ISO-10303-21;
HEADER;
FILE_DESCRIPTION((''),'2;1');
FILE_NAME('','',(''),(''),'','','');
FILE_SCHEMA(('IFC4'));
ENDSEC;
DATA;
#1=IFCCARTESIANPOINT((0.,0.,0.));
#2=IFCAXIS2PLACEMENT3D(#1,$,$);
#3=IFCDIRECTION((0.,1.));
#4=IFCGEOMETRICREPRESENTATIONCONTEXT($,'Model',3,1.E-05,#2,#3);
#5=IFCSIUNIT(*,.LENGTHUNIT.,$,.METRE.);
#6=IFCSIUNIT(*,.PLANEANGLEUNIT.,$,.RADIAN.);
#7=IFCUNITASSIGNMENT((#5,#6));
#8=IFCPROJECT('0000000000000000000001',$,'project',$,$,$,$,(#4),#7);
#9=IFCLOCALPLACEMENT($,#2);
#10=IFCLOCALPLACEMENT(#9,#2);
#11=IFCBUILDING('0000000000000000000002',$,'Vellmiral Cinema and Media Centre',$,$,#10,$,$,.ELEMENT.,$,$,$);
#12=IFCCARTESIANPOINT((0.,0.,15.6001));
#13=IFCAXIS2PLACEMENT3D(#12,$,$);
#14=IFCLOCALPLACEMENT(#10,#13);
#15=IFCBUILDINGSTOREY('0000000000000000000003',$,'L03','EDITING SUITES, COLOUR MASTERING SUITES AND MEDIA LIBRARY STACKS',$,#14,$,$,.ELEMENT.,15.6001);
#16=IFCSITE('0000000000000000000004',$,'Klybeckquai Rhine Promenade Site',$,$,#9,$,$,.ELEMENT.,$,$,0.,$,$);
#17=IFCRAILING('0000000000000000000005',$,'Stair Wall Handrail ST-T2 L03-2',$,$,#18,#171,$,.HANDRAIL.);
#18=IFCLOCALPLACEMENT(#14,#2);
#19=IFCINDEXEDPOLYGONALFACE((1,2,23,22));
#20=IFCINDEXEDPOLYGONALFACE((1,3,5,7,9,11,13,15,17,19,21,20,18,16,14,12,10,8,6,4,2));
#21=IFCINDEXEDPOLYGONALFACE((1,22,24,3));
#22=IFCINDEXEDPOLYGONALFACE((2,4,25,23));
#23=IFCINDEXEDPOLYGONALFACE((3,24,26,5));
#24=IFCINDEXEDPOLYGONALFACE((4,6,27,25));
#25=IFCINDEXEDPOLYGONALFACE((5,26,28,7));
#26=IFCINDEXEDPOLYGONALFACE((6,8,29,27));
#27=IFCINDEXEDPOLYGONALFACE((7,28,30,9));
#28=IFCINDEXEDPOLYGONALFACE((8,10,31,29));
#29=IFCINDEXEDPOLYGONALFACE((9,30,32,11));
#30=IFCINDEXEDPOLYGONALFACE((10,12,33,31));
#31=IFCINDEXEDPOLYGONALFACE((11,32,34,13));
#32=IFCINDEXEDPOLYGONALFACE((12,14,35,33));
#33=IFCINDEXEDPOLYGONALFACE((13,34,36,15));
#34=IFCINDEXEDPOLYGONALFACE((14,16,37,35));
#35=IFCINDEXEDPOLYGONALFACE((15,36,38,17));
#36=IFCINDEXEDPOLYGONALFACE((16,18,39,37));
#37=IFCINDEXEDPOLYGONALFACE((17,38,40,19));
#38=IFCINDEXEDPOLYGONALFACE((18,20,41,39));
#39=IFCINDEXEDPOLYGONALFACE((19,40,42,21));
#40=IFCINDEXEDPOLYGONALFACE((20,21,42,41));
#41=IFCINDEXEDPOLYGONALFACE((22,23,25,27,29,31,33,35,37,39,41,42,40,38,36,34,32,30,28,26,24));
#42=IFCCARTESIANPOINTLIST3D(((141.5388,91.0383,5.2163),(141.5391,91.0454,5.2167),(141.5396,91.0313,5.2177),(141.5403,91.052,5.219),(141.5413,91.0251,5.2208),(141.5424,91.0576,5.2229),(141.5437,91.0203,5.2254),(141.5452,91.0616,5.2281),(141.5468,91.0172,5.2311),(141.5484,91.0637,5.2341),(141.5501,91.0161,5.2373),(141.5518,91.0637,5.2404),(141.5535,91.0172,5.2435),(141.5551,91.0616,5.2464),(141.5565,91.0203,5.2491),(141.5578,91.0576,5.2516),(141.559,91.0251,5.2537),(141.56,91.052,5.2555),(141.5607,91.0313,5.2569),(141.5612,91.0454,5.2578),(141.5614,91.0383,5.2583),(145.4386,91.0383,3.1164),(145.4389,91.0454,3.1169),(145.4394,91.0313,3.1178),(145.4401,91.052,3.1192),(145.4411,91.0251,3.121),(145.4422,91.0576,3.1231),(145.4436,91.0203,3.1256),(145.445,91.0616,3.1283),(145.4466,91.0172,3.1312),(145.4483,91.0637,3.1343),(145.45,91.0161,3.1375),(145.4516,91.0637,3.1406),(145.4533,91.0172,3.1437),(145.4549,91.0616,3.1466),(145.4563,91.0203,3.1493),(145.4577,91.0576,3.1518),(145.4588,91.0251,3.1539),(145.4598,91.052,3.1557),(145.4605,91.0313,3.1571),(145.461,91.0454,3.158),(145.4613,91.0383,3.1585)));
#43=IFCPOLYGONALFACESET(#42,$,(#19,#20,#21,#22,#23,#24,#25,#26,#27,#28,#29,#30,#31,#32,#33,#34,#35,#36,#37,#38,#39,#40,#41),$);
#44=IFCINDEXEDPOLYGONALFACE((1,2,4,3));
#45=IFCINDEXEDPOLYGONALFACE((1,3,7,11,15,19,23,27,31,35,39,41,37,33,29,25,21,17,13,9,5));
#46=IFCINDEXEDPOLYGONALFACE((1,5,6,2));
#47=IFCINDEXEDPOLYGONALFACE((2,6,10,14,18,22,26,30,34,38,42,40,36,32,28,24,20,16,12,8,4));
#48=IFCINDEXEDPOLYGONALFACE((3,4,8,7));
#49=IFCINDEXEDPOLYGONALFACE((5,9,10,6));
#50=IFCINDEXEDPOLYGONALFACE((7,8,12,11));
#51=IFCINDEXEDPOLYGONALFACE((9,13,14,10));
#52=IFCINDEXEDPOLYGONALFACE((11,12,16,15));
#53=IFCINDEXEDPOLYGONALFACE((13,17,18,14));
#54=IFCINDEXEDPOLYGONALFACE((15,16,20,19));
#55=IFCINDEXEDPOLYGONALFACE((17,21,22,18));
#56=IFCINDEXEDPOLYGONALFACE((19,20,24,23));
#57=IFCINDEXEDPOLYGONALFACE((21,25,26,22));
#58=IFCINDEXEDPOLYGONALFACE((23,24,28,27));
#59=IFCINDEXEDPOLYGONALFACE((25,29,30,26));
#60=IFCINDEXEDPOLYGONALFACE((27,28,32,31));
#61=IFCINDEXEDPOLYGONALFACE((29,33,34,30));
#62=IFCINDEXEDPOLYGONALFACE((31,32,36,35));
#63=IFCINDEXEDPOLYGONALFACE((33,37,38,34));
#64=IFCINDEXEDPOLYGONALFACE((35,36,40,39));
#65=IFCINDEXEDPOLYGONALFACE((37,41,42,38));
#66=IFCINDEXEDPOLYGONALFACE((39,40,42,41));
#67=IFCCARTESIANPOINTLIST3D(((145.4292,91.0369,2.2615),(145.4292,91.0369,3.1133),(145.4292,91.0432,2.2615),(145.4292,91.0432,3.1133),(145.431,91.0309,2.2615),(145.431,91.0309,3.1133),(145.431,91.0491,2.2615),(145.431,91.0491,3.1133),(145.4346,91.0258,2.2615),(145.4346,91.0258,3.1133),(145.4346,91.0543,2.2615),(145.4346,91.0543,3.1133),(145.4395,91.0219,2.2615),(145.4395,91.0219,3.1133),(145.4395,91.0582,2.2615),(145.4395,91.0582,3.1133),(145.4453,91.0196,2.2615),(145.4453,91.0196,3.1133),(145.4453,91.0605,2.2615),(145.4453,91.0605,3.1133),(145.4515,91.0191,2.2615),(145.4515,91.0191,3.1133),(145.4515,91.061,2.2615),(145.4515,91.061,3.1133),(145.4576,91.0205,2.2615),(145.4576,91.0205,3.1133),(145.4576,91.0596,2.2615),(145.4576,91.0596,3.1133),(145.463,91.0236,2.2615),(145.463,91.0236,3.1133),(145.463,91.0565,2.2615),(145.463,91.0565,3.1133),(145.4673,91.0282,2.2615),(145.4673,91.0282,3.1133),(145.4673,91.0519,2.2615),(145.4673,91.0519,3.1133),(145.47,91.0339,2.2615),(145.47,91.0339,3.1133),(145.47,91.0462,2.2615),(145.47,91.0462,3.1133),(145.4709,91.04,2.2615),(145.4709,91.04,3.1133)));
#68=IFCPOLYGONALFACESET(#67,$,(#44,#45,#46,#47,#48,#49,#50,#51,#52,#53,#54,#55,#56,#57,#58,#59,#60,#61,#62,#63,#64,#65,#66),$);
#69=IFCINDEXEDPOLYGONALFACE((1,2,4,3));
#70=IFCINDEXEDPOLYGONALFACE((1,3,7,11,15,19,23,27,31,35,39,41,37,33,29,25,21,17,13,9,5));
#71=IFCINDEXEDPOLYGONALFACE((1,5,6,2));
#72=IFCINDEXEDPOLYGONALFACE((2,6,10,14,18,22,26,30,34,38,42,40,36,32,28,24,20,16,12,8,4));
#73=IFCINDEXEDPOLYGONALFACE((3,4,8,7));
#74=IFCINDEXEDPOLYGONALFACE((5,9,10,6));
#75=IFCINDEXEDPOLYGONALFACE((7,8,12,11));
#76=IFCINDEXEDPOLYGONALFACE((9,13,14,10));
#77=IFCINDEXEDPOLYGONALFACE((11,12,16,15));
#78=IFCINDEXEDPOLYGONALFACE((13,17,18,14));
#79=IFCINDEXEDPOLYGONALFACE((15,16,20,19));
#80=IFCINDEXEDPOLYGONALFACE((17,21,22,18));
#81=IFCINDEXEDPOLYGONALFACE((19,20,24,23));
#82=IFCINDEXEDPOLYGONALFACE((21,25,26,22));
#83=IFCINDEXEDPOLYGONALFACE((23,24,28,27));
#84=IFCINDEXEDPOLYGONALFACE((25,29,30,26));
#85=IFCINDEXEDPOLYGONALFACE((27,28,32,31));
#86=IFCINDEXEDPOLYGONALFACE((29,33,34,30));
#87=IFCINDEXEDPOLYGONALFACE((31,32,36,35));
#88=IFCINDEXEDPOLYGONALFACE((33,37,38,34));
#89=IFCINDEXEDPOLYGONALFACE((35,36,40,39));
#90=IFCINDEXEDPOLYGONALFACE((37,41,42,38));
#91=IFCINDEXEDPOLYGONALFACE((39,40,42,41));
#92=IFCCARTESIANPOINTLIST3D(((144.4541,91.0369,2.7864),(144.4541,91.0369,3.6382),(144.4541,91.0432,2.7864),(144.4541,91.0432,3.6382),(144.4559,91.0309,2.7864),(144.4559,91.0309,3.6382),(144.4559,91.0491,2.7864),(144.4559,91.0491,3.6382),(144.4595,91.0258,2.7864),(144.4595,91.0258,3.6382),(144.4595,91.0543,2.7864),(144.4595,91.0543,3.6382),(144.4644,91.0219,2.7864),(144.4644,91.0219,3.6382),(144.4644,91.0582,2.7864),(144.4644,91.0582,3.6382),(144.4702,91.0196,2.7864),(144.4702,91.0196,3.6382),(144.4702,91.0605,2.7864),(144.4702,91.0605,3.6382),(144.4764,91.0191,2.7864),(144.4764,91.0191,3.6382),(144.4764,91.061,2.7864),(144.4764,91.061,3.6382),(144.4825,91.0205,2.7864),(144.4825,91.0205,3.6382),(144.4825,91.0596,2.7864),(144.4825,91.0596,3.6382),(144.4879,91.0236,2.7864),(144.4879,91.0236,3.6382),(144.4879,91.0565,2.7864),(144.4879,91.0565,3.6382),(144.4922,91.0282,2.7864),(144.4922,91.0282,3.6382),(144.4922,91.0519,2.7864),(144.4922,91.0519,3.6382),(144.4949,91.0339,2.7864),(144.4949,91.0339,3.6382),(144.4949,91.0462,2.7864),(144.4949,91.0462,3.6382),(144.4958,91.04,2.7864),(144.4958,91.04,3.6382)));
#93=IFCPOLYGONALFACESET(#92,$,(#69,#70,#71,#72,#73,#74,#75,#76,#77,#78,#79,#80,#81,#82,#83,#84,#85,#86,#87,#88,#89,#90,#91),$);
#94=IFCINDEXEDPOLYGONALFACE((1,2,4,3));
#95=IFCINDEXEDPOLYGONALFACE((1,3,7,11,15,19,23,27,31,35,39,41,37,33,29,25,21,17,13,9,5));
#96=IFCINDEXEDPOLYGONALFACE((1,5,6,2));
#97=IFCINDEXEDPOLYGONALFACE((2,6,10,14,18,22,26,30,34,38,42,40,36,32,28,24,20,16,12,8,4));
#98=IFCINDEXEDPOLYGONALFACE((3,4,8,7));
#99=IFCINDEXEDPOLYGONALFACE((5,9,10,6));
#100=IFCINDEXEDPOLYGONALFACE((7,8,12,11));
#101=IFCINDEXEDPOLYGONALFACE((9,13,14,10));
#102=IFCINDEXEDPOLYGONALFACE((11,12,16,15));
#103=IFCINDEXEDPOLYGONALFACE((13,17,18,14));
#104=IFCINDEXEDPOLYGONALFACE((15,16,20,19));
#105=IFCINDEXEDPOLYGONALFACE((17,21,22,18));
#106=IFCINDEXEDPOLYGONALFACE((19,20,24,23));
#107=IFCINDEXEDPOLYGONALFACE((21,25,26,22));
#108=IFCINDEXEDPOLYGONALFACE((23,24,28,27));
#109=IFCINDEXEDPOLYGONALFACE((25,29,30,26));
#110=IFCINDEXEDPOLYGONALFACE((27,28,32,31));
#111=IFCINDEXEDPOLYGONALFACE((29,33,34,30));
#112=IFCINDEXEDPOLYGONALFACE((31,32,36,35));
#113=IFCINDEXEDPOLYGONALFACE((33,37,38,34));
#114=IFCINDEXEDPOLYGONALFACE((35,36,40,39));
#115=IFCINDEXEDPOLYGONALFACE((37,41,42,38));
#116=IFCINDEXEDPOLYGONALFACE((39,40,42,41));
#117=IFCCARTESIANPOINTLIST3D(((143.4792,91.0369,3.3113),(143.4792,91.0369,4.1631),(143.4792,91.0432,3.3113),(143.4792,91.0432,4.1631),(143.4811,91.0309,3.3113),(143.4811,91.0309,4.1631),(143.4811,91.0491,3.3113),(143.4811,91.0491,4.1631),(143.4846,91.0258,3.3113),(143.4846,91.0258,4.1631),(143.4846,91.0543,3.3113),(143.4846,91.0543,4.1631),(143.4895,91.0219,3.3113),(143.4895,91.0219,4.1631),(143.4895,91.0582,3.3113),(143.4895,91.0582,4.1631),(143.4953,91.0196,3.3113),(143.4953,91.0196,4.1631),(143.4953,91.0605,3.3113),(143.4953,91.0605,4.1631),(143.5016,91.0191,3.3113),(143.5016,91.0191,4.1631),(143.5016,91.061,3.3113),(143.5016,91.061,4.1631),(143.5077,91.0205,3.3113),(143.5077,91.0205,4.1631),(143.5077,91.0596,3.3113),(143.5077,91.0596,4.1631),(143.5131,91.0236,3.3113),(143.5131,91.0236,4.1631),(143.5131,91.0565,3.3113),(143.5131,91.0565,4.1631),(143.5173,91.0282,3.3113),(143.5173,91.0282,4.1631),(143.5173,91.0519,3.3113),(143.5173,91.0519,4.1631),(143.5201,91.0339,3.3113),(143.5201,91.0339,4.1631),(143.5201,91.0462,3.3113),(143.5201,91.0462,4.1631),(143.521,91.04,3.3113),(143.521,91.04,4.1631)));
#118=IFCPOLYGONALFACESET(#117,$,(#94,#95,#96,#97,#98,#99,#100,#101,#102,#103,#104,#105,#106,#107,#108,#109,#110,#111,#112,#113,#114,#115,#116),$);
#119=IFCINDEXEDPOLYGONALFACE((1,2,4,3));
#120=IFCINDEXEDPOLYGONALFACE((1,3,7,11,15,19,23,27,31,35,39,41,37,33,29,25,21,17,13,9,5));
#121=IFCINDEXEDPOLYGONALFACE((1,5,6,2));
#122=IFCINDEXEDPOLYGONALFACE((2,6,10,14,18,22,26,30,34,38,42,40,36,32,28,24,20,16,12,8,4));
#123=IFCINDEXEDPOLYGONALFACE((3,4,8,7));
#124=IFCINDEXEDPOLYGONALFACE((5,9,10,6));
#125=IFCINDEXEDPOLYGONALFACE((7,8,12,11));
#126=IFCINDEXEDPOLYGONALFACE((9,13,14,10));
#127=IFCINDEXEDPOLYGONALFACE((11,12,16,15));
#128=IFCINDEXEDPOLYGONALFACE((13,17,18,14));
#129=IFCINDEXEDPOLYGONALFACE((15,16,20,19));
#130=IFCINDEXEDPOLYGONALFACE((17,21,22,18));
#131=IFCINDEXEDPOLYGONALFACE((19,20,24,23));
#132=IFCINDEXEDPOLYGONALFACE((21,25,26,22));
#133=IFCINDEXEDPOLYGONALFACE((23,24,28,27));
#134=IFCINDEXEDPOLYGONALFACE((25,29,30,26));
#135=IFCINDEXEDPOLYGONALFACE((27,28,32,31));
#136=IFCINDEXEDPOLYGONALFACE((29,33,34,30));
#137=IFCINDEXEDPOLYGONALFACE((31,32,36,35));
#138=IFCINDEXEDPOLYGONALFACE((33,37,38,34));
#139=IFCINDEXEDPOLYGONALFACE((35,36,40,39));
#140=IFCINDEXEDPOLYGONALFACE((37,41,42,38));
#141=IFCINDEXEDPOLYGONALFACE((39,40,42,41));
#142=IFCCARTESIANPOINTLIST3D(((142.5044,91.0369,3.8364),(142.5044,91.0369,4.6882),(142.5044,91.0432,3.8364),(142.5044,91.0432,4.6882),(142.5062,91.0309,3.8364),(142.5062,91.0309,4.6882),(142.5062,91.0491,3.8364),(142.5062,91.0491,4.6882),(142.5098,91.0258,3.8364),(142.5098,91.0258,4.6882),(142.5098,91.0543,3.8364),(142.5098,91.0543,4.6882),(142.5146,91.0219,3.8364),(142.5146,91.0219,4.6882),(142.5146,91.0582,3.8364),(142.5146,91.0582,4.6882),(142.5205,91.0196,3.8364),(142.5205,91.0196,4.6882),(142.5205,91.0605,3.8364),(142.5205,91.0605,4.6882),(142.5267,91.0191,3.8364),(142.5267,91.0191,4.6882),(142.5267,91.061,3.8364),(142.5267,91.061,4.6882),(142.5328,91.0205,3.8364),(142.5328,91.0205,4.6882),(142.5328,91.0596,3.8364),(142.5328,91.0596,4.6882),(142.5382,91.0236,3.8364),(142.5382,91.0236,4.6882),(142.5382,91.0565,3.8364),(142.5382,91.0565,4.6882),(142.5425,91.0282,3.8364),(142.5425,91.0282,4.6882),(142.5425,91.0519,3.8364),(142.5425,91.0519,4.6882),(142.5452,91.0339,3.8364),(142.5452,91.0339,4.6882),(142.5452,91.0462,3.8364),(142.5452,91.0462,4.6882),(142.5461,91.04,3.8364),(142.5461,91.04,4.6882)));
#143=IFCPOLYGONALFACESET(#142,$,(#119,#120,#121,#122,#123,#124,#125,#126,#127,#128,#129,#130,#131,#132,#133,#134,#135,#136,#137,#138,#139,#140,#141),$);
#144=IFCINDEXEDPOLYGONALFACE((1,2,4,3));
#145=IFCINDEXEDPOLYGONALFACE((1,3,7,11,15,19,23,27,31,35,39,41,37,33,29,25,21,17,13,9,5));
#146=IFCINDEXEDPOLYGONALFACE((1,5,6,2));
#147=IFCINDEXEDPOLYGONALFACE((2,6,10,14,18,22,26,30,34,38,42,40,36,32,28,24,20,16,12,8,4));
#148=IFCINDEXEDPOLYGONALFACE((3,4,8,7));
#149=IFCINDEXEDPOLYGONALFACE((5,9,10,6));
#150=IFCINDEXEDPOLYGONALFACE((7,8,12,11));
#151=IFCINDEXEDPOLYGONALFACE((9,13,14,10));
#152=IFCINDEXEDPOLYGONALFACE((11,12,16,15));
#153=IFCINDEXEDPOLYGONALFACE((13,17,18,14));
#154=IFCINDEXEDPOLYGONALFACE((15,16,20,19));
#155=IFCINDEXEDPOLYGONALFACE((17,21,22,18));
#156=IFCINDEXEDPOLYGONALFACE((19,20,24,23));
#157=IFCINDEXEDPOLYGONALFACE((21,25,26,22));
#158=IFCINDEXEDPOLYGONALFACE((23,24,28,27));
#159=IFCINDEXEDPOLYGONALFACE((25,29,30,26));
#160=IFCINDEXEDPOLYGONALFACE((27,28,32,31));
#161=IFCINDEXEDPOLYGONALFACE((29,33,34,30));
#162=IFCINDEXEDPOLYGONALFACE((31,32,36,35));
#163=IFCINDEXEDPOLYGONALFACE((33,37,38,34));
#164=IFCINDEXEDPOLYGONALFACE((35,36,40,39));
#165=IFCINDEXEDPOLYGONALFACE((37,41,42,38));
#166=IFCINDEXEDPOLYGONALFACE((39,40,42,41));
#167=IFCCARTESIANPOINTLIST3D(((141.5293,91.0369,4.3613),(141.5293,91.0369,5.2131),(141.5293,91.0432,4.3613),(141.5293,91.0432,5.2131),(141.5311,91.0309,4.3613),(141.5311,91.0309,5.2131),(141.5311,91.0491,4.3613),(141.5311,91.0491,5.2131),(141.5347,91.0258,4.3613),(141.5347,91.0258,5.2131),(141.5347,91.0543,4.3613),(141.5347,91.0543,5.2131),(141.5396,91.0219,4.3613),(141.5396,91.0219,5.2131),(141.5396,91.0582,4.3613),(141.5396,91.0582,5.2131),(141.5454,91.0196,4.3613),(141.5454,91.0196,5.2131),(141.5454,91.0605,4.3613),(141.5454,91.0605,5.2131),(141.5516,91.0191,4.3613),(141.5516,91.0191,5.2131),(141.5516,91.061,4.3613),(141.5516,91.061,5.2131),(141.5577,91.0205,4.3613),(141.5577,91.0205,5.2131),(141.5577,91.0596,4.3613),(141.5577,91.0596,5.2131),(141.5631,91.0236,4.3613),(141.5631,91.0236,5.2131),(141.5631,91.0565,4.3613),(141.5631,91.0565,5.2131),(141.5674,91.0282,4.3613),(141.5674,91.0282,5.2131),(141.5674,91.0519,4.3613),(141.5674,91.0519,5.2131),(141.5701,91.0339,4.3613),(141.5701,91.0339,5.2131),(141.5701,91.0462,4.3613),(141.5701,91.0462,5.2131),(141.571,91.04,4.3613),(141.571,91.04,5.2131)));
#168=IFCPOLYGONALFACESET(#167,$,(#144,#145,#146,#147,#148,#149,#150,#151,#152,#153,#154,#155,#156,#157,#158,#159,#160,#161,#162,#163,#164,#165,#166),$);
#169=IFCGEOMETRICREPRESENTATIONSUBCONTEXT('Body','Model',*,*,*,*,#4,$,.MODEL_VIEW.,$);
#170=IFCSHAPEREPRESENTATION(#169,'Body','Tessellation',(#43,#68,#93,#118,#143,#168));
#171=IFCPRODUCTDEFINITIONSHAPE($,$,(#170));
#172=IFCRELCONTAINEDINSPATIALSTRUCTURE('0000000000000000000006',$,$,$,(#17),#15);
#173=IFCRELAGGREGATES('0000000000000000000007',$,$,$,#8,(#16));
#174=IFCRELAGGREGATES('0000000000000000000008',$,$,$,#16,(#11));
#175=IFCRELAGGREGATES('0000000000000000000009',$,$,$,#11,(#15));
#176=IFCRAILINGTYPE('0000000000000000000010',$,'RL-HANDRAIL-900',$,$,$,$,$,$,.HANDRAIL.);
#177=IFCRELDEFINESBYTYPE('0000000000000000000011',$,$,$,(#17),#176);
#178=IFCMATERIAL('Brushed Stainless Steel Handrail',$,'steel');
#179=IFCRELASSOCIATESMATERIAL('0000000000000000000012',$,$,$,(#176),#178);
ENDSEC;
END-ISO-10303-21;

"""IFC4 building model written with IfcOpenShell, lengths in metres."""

from ifc_helpers import new_model, si_unit, direction, frame, origin, origin_2d, place, context, subcontext, project, spatial, circle, extrude, material, type_object, element, save


model = new_model("IFC4")

# Units and contexts
model_context = context("Model", 3, precision=1e-05, world=origin(), true_north=direction((0.0, 1.0)))
body_context = subcontext(model_context, "Body", "Model", "MODEL_VIEW")
ifc_project = project(units=[si_unit("LENGTHUNIT", "METRE"), si_unit("PLANEANGLEUNIT", "RADIAN")], contexts=[model_context])

# Site, building, storey
site_placement = place(None, origin())
site = spatial("IfcSite", under=ifc_project, at=site_placement, Name="Klybeckquai Rhine Promenade Site", CompositionType="ELEMENT", RefElevation=0.0)
building_placement = place(site_placement, origin())
building = spatial("IfcBuilding", under=site, at=building_placement, Name="Vellmiral Cinema and Media Centre", CompositionType="ELEMENT")
storey_placement = place(building_placement, frame((0.0, 0.0, 15.6001)))
storey = spatial("IfcBuildingStorey", under=building, at=storey_placement, Name="L03", Description="EDITING SUITES, COLOUR MASTERING SUITES AND MEDIA LIBRARY STACKS", CompositionType="ELEMENT", Elevation=15.6001)

# Railing
ifc_material_1 = material(Name="Brushed Stainless Steel Handrail", Category="steel")
railing_type_1 = type_object("IfcRailingType", Name="RL-HANDRAIL-900", PredefinedType="HANDRAIL", material=ifc_material_1)
railing_1_placement = place(storey_placement, frame((145.45, 91.04, 2.2615)))
element("IfcRailing", 1, at=railing_1_placement, inside=storey, type_object=railing_type_1, Name="Stair Wall Handrail ST-T2 L03-2", PredefinedType="HANDRAIL", context=body_context, shape_type="SweptSolid", body=[
    extrude(circle(Radius=0.0239, at=origin_2d()), frame((0.0, 0.0, 0.876), z_axis=(-0.88048, 0.0, 0.474083), x_axis=(0.0, -1.0, 0.0)), (0.0, 0.0, 1.0), 4.4292),
    extrude(circle(Radius=0.021, at=origin_2d()), origin(), (0.0, 0.0, 1.0), 0.8518),
    extrude(circle(Radius=0.021, at=origin_2d()), frame((-0.9751, 0.0, 0.5249)), (0.0, 0.0, 1.0), 0.8518),
    extrude(circle(Radius=0.021, at=origin_2d()), frame((-1.95, 0.0, 1.0498)), (0.0, 0.0, 1.0), 0.8518),
    extrude(circle(Radius=0.021, at=origin_2d()), frame((-2.9248, 0.0, 1.575)), (0.0, 0.0, 1.0), 0.8518),
    extrude(circle(Radius=0.021, at=origin_2d()), frame((-3.8999, 0.0, 2.0999)), (0.0, 0.0, 1.0), 0.8518),
])

save(model, "model.ifc")
